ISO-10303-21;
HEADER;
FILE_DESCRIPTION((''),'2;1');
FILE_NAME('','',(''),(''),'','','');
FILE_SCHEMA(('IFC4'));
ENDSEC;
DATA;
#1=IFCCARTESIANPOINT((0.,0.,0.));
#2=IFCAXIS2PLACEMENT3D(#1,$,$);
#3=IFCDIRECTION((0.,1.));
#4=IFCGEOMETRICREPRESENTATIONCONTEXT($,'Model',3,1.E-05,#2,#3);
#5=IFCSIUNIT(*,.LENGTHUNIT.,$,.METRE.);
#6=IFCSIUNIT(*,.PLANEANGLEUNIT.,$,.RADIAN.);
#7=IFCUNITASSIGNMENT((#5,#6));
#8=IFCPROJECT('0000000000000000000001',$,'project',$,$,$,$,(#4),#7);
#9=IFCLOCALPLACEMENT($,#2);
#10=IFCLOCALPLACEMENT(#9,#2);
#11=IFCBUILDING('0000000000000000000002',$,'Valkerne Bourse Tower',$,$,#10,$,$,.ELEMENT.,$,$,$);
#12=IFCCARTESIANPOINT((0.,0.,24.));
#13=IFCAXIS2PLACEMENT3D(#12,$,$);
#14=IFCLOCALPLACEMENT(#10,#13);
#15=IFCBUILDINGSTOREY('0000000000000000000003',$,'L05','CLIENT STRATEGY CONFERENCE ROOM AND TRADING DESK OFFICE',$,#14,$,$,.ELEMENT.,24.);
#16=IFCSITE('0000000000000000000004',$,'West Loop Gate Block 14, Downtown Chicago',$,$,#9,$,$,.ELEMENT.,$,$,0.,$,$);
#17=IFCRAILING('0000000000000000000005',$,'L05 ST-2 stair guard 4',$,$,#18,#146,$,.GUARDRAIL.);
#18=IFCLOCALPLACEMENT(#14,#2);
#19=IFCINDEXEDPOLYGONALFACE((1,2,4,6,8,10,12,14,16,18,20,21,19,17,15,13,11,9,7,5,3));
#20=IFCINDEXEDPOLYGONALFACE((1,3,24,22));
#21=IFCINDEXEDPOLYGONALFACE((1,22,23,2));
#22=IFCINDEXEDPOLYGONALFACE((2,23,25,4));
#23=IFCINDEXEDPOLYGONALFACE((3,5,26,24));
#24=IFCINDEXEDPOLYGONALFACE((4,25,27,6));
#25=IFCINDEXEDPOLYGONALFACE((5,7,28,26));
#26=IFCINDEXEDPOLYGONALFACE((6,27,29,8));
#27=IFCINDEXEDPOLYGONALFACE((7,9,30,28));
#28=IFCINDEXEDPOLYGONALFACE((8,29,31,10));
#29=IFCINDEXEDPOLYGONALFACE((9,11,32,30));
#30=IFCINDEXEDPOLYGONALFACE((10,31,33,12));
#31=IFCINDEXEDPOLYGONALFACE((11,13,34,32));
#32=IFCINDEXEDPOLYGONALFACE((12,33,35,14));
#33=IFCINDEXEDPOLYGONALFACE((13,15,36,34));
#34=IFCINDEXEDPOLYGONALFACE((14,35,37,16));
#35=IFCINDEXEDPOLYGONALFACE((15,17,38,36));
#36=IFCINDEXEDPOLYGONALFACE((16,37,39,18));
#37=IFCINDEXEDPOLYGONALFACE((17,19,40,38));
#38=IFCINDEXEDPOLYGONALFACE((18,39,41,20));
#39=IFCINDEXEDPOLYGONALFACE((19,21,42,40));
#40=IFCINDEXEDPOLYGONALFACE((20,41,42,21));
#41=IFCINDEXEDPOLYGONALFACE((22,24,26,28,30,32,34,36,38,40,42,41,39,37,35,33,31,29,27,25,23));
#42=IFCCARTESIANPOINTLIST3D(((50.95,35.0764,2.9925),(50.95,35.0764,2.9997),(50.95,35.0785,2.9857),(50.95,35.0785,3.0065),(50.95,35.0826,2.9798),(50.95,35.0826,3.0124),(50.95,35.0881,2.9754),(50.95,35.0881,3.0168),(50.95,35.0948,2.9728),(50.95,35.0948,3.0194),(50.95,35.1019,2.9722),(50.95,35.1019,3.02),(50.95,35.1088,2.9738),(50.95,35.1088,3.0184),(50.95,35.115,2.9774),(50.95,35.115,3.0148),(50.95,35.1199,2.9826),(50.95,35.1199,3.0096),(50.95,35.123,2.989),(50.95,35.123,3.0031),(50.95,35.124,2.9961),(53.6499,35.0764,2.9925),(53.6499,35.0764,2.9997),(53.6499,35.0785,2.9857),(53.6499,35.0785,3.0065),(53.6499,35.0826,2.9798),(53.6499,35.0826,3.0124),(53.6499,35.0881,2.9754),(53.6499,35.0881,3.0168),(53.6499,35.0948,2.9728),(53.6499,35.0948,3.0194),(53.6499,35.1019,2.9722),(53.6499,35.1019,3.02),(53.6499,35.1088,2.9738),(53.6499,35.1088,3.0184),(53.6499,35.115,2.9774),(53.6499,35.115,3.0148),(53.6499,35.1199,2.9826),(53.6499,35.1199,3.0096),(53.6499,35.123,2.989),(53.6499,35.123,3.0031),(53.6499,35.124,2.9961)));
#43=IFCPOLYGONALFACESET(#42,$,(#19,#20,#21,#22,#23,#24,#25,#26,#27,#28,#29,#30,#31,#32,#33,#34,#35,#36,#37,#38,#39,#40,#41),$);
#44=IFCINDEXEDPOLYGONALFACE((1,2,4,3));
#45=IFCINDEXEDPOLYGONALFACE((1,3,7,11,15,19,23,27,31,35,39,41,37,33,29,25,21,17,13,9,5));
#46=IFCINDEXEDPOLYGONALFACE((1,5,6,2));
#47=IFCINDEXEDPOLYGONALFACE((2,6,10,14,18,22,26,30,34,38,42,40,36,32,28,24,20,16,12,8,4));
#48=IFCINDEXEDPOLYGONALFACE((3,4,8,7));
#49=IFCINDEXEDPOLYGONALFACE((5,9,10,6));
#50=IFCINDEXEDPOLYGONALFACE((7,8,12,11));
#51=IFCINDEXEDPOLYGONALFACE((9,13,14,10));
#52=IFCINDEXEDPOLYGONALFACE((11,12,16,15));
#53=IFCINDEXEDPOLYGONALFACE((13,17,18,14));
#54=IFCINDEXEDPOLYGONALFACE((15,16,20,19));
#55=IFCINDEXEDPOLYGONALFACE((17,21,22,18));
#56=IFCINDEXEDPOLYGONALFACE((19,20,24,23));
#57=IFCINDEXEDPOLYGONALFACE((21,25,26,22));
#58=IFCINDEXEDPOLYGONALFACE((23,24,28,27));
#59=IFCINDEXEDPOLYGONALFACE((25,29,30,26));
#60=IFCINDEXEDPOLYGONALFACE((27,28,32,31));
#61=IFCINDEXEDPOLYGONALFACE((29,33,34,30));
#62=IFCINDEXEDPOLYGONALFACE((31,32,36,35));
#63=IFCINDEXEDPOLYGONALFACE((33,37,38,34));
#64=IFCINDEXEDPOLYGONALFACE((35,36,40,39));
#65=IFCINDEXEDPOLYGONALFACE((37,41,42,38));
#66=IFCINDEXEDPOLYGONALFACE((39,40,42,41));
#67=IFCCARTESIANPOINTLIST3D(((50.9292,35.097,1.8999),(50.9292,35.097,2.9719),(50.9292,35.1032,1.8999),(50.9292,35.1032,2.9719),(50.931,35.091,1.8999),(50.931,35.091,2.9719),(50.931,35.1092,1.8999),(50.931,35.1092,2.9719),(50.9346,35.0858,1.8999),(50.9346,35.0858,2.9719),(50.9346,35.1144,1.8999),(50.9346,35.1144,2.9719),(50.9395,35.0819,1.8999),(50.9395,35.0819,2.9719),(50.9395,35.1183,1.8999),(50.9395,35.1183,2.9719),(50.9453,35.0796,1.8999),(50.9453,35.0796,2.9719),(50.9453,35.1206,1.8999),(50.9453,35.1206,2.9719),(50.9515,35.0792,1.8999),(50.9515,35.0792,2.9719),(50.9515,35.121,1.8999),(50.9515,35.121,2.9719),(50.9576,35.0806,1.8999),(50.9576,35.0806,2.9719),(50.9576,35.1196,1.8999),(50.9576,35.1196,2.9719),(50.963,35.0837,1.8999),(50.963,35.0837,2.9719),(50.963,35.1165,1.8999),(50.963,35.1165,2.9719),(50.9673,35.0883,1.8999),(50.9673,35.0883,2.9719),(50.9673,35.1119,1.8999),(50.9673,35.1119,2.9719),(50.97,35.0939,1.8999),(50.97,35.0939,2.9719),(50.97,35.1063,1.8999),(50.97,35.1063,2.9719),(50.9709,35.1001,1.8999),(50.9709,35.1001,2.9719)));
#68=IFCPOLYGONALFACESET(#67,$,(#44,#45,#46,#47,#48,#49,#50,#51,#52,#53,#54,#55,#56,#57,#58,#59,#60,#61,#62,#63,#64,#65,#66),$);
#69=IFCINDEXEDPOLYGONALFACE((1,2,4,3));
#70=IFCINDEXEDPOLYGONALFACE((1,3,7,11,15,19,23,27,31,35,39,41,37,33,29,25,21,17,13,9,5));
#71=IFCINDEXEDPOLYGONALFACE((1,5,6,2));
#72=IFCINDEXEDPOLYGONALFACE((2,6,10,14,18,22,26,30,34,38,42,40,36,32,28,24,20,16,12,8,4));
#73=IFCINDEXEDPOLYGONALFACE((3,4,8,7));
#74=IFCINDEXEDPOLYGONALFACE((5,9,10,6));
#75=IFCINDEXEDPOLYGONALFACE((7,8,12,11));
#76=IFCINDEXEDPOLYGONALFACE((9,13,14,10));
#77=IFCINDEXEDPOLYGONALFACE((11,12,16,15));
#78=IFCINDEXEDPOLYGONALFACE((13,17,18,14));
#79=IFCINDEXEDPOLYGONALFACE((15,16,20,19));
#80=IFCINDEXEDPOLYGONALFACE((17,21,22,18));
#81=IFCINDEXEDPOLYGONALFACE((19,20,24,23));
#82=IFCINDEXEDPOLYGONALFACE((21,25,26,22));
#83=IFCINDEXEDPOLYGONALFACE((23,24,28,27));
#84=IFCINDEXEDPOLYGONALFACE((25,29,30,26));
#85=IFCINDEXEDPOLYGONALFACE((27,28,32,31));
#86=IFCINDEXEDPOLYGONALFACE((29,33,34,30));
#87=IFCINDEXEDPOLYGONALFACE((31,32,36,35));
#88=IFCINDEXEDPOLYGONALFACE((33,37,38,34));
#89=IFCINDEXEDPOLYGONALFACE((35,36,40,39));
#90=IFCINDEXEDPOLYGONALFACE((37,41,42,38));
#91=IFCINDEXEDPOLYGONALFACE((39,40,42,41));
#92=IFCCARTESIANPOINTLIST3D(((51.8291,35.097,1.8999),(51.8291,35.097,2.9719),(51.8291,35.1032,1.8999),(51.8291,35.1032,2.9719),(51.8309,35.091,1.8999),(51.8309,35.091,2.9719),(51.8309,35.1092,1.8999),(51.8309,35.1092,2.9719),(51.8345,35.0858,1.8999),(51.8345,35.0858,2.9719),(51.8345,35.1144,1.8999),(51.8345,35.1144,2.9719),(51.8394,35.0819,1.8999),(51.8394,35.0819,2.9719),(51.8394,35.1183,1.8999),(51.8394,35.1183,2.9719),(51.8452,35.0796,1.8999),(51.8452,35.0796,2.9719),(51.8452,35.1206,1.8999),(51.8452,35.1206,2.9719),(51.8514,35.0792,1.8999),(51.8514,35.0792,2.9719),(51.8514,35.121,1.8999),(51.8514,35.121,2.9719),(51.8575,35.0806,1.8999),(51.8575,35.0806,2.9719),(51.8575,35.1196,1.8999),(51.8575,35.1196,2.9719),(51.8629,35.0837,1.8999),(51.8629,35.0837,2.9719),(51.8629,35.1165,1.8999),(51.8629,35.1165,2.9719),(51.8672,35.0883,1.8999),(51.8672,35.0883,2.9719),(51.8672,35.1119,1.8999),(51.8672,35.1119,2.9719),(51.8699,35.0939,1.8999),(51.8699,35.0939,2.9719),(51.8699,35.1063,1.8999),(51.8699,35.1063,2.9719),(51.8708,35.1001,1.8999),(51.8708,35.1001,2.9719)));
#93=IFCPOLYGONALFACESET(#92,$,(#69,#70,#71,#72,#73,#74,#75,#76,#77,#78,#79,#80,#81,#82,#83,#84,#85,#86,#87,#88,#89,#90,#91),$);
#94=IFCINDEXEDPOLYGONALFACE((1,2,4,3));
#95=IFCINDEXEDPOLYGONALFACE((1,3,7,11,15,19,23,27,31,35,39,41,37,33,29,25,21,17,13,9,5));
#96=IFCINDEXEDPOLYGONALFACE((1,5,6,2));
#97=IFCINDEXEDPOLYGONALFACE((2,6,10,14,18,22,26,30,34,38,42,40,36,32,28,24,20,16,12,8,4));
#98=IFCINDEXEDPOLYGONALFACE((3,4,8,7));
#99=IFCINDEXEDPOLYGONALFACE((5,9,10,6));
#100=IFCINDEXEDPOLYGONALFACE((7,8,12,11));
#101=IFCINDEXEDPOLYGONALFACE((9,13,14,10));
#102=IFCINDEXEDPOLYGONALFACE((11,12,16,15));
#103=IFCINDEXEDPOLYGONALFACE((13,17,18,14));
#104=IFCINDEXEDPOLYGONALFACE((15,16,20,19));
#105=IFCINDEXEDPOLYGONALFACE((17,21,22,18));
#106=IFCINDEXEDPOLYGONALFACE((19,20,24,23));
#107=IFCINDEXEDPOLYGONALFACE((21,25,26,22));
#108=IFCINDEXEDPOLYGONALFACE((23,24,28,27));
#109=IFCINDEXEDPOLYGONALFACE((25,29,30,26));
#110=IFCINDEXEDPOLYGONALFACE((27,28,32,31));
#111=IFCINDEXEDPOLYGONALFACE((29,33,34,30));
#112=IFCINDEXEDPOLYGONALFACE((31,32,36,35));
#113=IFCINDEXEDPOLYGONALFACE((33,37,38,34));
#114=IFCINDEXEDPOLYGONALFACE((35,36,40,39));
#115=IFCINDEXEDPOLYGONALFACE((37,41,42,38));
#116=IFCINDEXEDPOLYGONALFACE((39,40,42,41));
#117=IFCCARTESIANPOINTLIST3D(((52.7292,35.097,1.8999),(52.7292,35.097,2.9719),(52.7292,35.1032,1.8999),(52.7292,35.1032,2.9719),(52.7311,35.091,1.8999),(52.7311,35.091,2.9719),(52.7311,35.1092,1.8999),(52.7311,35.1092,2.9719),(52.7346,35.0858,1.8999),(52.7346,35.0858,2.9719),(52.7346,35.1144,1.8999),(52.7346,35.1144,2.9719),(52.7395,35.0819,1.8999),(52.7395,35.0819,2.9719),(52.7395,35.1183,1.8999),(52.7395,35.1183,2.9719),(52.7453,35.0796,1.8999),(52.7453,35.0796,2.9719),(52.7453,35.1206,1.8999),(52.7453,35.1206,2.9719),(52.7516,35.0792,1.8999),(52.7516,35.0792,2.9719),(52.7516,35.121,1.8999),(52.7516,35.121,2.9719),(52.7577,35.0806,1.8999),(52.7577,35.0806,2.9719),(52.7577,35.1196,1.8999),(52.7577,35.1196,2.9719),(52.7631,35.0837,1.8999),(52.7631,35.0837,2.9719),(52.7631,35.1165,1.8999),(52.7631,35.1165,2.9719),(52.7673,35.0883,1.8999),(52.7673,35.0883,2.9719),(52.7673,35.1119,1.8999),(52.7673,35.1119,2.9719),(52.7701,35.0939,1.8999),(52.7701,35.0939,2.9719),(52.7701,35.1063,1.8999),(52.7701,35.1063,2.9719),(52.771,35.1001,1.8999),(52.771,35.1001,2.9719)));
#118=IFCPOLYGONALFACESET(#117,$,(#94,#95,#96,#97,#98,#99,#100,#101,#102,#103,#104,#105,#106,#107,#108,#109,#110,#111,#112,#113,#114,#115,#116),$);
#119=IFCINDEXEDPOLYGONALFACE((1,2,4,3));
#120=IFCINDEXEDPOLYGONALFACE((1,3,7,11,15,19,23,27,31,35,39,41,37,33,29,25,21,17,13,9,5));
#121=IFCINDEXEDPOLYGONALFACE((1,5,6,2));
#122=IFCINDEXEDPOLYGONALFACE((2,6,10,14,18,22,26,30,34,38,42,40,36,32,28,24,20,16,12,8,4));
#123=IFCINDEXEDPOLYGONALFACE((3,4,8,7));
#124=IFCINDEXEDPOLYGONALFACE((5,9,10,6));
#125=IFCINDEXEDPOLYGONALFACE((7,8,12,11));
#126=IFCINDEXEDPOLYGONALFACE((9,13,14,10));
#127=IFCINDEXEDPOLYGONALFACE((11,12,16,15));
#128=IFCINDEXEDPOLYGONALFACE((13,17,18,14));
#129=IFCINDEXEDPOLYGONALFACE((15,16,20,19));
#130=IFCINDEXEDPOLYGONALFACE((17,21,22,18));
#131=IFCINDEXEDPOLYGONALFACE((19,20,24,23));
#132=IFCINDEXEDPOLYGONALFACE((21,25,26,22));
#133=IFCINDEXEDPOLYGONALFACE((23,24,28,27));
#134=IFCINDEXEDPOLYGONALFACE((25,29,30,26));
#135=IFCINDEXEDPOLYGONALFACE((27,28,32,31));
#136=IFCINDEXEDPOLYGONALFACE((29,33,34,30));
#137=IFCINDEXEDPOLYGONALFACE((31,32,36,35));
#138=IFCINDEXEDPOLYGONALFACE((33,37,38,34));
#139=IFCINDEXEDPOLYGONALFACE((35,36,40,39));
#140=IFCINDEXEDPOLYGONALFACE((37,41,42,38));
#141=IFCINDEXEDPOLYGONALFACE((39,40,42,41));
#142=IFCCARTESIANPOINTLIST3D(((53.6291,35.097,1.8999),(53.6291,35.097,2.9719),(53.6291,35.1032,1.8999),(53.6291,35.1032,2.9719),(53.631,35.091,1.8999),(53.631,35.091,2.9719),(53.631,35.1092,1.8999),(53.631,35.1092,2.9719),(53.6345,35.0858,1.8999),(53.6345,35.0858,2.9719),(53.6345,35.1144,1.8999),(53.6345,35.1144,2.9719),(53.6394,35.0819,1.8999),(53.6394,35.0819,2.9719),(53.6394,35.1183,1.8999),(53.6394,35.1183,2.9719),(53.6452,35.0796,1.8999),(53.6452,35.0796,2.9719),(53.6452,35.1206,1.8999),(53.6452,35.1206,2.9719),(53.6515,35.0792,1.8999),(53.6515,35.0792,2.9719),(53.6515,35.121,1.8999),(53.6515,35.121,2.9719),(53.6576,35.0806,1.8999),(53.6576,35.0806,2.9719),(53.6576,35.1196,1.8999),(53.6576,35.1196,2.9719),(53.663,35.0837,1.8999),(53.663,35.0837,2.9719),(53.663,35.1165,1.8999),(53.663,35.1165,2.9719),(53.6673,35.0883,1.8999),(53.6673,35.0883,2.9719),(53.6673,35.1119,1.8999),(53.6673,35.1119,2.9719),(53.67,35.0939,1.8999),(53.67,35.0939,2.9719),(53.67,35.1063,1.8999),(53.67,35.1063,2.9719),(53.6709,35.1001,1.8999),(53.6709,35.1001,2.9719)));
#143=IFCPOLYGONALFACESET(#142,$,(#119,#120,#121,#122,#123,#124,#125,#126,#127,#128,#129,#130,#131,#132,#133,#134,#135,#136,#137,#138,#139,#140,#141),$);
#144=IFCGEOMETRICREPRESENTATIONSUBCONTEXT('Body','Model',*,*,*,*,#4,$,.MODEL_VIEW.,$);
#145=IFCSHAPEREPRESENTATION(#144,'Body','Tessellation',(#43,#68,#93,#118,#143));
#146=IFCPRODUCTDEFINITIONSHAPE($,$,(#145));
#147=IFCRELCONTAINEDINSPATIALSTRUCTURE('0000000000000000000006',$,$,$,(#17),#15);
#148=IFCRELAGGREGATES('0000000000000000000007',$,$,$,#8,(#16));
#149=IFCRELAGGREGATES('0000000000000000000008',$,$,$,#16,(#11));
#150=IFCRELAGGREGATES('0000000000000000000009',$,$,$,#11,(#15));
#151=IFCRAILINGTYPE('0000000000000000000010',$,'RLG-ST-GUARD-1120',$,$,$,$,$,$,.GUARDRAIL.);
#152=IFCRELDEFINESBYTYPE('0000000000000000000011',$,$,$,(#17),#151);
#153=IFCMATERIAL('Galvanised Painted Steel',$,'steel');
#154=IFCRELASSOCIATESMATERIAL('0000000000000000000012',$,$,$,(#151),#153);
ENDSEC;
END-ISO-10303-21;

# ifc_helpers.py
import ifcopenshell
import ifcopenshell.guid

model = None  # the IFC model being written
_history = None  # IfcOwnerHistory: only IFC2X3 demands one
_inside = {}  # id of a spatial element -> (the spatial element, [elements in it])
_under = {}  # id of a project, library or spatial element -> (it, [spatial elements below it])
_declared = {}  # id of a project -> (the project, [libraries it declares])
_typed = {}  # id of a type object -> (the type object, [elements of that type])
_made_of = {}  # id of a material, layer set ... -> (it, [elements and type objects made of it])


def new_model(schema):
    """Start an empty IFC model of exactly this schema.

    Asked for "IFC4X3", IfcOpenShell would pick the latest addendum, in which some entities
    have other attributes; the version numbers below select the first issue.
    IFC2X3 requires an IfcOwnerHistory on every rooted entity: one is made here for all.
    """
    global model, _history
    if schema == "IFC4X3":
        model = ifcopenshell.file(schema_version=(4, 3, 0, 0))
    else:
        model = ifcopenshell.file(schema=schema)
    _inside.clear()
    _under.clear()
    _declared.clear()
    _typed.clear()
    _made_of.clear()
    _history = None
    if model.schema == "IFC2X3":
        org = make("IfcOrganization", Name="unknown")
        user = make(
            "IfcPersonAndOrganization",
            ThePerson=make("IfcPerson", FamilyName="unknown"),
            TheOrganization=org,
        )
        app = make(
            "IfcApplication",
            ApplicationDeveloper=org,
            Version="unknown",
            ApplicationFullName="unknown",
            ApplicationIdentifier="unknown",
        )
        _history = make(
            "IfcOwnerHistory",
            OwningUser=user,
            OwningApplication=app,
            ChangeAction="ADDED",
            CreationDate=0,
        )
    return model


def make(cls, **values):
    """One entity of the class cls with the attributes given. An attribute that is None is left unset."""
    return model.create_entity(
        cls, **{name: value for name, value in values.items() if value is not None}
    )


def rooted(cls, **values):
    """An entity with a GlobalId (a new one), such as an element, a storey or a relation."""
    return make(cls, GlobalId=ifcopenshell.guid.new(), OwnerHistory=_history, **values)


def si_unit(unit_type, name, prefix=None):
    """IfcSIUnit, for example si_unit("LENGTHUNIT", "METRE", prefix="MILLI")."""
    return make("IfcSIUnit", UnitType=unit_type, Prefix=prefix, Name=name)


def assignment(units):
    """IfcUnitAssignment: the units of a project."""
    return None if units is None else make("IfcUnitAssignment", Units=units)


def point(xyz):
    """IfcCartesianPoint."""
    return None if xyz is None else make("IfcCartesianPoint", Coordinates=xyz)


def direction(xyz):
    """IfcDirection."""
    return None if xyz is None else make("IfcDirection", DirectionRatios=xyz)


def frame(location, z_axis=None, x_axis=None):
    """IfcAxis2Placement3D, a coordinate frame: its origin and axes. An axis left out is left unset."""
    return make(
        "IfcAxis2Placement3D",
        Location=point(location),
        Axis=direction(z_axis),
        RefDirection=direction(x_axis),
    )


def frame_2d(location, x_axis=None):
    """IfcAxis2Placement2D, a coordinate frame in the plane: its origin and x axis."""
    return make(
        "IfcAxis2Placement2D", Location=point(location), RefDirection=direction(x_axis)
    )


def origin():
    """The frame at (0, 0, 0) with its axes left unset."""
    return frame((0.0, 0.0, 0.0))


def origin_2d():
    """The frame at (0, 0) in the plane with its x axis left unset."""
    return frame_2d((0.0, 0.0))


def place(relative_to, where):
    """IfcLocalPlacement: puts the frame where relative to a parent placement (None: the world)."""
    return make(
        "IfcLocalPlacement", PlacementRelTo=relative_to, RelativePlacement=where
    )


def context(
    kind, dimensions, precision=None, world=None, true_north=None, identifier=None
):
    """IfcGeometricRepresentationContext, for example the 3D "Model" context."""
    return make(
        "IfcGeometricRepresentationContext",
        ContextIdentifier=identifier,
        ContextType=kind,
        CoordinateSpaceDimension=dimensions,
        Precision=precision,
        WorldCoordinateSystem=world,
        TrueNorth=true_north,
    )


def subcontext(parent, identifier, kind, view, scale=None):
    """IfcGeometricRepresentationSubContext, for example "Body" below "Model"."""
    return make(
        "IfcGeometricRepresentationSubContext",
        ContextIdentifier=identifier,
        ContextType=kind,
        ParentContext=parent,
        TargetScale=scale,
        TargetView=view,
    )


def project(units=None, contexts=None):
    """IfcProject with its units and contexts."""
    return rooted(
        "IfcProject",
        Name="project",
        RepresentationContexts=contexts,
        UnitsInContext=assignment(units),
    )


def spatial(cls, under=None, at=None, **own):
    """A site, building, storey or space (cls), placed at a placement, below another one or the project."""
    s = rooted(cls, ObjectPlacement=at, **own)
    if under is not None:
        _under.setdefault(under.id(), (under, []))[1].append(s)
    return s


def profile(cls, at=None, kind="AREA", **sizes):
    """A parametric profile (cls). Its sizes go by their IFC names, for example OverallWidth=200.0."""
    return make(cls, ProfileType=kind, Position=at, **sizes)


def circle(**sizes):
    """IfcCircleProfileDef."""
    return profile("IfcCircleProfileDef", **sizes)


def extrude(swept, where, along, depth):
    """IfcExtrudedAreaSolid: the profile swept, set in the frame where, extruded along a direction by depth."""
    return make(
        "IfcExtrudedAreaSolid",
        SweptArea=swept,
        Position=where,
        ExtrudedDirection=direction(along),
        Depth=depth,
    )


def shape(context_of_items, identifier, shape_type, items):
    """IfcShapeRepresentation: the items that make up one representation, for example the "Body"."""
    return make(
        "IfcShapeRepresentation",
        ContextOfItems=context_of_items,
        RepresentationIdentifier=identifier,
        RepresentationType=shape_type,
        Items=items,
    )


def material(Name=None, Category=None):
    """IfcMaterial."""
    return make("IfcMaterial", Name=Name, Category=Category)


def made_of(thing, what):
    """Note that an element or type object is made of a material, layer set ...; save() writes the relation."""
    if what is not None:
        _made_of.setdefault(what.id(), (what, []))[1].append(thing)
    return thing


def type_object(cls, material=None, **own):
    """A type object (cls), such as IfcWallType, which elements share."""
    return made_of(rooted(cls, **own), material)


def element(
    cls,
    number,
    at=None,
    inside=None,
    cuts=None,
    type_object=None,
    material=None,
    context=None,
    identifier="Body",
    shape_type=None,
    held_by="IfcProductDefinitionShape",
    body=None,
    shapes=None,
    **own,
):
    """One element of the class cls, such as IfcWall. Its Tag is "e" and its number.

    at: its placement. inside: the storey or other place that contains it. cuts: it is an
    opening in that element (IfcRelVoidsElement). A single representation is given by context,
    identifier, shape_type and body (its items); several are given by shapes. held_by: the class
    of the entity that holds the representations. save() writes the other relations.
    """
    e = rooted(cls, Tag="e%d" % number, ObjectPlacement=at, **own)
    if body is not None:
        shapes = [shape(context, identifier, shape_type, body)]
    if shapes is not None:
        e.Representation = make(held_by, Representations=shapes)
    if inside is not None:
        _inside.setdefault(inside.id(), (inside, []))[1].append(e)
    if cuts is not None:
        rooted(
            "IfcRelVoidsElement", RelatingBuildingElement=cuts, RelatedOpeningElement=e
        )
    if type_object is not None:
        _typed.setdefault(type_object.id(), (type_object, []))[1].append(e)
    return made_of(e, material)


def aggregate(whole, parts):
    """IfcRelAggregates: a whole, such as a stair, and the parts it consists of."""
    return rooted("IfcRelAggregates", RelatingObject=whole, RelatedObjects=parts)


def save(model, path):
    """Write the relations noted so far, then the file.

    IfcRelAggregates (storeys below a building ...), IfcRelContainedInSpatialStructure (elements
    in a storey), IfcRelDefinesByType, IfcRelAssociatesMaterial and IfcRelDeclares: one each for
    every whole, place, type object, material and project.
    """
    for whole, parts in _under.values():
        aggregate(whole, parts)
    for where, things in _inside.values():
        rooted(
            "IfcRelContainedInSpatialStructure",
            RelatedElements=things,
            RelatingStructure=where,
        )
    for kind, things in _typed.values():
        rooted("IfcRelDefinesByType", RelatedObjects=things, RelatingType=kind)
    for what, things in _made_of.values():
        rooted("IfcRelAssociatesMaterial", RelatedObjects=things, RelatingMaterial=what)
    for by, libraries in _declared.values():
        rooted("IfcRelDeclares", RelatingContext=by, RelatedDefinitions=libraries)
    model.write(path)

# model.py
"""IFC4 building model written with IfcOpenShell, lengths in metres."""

from ifc_helpers import new_model, si_unit, direction, frame, origin, origin_2d, place, context, subcontext, project, spatial, circle, extrude, material, type_object, element, save


model = new_model("IFC4")

# Units and contexts
model_context = context("Model", 3, precision=1e-05, world=origin(), true_north=direction((0.0, 1.0)))
body_context = subcontext(model_context, "Body", "Model", "MODEL_VIEW")
ifc_project = project(units=[si_unit("LENGTHUNIT", "METRE"), si_unit("PLANEANGLEUNIT", "RADIAN")], contexts=[model_context])

# Site, building, storey
site_placement = place(None, origin())
site = spatial("IfcSite", under=ifc_project, at=site_placement, Name="West Loop Gate Block 14, Downtown Chicago", CompositionType="ELEMENT", RefElevation=0.0)
building_placement = place(site_placement, origin())
building = spatial("IfcBuilding", under=site, at=building_placement, Name="Valkerne Bourse Tower", CompositionType="ELEMENT")
storey_placement = place(building_placement, frame((0.0, 0.0, 24.0)))
storey = spatial("IfcBuildingStorey", under=building, at=storey_placement, Name="L05", Description="CLIENT STRATEGY CONFERENCE ROOM AND TRADING DESK OFFICE", CompositionType="ELEMENT", Elevation=24.0)

# Shared definitions
ifc_material_1 = material(Name="Galvanised Painted Steel", Category="steel")

# Railing
railing_type_1 = type_object("IfcRailingType", Name="RLG-ST-GUARD-1120", PredefinedType="GUARDRAIL", material=ifc_material_1)
for number, where, name in (
    (1, (50.95, 35.1001, 1.8999), "L05 ST-2 stair guard 4"),
):
    element("IfcRailing", number, at=place(storey_placement, frame(where)), inside=storey, type_object=railing_type_1, Name=name, PredefinedType="GUARDRAIL", context=body_context, shape_type="SweptSolid", body=[
        extrude(circle(Radius=0.0239, at=origin_2d()), frame((0.0, 0.0, 1.0962), z_axis=(1.0, 0.0, 0.0), x_axis=(0.0, 1.0, 0.0)), (0.0, 0.0, 1.0), 2.7),
        extrude(circle(Radius=0.021, at=origin_2d()), origin(), (0.0, 0.0, 1.0), 1.072),
        extrude(circle(Radius=0.021, at=origin_2d()), frame((0.8999, 0.0, 0.0)), (0.0, 0.0, 1.0), 1.072),
        extrude(circle(Radius=0.021, at=origin_2d()), frame((1.8, 0.0, 0.0)), (0.0, 0.0, 1.0), 1.072),
        extrude(circle(Radius=0.021, at=origin_2d()), frame((2.7, 0.0, 0.0)), (0.0, 0.0, 1.0), 1.072),
    ])

save(model, "model.ifc")
